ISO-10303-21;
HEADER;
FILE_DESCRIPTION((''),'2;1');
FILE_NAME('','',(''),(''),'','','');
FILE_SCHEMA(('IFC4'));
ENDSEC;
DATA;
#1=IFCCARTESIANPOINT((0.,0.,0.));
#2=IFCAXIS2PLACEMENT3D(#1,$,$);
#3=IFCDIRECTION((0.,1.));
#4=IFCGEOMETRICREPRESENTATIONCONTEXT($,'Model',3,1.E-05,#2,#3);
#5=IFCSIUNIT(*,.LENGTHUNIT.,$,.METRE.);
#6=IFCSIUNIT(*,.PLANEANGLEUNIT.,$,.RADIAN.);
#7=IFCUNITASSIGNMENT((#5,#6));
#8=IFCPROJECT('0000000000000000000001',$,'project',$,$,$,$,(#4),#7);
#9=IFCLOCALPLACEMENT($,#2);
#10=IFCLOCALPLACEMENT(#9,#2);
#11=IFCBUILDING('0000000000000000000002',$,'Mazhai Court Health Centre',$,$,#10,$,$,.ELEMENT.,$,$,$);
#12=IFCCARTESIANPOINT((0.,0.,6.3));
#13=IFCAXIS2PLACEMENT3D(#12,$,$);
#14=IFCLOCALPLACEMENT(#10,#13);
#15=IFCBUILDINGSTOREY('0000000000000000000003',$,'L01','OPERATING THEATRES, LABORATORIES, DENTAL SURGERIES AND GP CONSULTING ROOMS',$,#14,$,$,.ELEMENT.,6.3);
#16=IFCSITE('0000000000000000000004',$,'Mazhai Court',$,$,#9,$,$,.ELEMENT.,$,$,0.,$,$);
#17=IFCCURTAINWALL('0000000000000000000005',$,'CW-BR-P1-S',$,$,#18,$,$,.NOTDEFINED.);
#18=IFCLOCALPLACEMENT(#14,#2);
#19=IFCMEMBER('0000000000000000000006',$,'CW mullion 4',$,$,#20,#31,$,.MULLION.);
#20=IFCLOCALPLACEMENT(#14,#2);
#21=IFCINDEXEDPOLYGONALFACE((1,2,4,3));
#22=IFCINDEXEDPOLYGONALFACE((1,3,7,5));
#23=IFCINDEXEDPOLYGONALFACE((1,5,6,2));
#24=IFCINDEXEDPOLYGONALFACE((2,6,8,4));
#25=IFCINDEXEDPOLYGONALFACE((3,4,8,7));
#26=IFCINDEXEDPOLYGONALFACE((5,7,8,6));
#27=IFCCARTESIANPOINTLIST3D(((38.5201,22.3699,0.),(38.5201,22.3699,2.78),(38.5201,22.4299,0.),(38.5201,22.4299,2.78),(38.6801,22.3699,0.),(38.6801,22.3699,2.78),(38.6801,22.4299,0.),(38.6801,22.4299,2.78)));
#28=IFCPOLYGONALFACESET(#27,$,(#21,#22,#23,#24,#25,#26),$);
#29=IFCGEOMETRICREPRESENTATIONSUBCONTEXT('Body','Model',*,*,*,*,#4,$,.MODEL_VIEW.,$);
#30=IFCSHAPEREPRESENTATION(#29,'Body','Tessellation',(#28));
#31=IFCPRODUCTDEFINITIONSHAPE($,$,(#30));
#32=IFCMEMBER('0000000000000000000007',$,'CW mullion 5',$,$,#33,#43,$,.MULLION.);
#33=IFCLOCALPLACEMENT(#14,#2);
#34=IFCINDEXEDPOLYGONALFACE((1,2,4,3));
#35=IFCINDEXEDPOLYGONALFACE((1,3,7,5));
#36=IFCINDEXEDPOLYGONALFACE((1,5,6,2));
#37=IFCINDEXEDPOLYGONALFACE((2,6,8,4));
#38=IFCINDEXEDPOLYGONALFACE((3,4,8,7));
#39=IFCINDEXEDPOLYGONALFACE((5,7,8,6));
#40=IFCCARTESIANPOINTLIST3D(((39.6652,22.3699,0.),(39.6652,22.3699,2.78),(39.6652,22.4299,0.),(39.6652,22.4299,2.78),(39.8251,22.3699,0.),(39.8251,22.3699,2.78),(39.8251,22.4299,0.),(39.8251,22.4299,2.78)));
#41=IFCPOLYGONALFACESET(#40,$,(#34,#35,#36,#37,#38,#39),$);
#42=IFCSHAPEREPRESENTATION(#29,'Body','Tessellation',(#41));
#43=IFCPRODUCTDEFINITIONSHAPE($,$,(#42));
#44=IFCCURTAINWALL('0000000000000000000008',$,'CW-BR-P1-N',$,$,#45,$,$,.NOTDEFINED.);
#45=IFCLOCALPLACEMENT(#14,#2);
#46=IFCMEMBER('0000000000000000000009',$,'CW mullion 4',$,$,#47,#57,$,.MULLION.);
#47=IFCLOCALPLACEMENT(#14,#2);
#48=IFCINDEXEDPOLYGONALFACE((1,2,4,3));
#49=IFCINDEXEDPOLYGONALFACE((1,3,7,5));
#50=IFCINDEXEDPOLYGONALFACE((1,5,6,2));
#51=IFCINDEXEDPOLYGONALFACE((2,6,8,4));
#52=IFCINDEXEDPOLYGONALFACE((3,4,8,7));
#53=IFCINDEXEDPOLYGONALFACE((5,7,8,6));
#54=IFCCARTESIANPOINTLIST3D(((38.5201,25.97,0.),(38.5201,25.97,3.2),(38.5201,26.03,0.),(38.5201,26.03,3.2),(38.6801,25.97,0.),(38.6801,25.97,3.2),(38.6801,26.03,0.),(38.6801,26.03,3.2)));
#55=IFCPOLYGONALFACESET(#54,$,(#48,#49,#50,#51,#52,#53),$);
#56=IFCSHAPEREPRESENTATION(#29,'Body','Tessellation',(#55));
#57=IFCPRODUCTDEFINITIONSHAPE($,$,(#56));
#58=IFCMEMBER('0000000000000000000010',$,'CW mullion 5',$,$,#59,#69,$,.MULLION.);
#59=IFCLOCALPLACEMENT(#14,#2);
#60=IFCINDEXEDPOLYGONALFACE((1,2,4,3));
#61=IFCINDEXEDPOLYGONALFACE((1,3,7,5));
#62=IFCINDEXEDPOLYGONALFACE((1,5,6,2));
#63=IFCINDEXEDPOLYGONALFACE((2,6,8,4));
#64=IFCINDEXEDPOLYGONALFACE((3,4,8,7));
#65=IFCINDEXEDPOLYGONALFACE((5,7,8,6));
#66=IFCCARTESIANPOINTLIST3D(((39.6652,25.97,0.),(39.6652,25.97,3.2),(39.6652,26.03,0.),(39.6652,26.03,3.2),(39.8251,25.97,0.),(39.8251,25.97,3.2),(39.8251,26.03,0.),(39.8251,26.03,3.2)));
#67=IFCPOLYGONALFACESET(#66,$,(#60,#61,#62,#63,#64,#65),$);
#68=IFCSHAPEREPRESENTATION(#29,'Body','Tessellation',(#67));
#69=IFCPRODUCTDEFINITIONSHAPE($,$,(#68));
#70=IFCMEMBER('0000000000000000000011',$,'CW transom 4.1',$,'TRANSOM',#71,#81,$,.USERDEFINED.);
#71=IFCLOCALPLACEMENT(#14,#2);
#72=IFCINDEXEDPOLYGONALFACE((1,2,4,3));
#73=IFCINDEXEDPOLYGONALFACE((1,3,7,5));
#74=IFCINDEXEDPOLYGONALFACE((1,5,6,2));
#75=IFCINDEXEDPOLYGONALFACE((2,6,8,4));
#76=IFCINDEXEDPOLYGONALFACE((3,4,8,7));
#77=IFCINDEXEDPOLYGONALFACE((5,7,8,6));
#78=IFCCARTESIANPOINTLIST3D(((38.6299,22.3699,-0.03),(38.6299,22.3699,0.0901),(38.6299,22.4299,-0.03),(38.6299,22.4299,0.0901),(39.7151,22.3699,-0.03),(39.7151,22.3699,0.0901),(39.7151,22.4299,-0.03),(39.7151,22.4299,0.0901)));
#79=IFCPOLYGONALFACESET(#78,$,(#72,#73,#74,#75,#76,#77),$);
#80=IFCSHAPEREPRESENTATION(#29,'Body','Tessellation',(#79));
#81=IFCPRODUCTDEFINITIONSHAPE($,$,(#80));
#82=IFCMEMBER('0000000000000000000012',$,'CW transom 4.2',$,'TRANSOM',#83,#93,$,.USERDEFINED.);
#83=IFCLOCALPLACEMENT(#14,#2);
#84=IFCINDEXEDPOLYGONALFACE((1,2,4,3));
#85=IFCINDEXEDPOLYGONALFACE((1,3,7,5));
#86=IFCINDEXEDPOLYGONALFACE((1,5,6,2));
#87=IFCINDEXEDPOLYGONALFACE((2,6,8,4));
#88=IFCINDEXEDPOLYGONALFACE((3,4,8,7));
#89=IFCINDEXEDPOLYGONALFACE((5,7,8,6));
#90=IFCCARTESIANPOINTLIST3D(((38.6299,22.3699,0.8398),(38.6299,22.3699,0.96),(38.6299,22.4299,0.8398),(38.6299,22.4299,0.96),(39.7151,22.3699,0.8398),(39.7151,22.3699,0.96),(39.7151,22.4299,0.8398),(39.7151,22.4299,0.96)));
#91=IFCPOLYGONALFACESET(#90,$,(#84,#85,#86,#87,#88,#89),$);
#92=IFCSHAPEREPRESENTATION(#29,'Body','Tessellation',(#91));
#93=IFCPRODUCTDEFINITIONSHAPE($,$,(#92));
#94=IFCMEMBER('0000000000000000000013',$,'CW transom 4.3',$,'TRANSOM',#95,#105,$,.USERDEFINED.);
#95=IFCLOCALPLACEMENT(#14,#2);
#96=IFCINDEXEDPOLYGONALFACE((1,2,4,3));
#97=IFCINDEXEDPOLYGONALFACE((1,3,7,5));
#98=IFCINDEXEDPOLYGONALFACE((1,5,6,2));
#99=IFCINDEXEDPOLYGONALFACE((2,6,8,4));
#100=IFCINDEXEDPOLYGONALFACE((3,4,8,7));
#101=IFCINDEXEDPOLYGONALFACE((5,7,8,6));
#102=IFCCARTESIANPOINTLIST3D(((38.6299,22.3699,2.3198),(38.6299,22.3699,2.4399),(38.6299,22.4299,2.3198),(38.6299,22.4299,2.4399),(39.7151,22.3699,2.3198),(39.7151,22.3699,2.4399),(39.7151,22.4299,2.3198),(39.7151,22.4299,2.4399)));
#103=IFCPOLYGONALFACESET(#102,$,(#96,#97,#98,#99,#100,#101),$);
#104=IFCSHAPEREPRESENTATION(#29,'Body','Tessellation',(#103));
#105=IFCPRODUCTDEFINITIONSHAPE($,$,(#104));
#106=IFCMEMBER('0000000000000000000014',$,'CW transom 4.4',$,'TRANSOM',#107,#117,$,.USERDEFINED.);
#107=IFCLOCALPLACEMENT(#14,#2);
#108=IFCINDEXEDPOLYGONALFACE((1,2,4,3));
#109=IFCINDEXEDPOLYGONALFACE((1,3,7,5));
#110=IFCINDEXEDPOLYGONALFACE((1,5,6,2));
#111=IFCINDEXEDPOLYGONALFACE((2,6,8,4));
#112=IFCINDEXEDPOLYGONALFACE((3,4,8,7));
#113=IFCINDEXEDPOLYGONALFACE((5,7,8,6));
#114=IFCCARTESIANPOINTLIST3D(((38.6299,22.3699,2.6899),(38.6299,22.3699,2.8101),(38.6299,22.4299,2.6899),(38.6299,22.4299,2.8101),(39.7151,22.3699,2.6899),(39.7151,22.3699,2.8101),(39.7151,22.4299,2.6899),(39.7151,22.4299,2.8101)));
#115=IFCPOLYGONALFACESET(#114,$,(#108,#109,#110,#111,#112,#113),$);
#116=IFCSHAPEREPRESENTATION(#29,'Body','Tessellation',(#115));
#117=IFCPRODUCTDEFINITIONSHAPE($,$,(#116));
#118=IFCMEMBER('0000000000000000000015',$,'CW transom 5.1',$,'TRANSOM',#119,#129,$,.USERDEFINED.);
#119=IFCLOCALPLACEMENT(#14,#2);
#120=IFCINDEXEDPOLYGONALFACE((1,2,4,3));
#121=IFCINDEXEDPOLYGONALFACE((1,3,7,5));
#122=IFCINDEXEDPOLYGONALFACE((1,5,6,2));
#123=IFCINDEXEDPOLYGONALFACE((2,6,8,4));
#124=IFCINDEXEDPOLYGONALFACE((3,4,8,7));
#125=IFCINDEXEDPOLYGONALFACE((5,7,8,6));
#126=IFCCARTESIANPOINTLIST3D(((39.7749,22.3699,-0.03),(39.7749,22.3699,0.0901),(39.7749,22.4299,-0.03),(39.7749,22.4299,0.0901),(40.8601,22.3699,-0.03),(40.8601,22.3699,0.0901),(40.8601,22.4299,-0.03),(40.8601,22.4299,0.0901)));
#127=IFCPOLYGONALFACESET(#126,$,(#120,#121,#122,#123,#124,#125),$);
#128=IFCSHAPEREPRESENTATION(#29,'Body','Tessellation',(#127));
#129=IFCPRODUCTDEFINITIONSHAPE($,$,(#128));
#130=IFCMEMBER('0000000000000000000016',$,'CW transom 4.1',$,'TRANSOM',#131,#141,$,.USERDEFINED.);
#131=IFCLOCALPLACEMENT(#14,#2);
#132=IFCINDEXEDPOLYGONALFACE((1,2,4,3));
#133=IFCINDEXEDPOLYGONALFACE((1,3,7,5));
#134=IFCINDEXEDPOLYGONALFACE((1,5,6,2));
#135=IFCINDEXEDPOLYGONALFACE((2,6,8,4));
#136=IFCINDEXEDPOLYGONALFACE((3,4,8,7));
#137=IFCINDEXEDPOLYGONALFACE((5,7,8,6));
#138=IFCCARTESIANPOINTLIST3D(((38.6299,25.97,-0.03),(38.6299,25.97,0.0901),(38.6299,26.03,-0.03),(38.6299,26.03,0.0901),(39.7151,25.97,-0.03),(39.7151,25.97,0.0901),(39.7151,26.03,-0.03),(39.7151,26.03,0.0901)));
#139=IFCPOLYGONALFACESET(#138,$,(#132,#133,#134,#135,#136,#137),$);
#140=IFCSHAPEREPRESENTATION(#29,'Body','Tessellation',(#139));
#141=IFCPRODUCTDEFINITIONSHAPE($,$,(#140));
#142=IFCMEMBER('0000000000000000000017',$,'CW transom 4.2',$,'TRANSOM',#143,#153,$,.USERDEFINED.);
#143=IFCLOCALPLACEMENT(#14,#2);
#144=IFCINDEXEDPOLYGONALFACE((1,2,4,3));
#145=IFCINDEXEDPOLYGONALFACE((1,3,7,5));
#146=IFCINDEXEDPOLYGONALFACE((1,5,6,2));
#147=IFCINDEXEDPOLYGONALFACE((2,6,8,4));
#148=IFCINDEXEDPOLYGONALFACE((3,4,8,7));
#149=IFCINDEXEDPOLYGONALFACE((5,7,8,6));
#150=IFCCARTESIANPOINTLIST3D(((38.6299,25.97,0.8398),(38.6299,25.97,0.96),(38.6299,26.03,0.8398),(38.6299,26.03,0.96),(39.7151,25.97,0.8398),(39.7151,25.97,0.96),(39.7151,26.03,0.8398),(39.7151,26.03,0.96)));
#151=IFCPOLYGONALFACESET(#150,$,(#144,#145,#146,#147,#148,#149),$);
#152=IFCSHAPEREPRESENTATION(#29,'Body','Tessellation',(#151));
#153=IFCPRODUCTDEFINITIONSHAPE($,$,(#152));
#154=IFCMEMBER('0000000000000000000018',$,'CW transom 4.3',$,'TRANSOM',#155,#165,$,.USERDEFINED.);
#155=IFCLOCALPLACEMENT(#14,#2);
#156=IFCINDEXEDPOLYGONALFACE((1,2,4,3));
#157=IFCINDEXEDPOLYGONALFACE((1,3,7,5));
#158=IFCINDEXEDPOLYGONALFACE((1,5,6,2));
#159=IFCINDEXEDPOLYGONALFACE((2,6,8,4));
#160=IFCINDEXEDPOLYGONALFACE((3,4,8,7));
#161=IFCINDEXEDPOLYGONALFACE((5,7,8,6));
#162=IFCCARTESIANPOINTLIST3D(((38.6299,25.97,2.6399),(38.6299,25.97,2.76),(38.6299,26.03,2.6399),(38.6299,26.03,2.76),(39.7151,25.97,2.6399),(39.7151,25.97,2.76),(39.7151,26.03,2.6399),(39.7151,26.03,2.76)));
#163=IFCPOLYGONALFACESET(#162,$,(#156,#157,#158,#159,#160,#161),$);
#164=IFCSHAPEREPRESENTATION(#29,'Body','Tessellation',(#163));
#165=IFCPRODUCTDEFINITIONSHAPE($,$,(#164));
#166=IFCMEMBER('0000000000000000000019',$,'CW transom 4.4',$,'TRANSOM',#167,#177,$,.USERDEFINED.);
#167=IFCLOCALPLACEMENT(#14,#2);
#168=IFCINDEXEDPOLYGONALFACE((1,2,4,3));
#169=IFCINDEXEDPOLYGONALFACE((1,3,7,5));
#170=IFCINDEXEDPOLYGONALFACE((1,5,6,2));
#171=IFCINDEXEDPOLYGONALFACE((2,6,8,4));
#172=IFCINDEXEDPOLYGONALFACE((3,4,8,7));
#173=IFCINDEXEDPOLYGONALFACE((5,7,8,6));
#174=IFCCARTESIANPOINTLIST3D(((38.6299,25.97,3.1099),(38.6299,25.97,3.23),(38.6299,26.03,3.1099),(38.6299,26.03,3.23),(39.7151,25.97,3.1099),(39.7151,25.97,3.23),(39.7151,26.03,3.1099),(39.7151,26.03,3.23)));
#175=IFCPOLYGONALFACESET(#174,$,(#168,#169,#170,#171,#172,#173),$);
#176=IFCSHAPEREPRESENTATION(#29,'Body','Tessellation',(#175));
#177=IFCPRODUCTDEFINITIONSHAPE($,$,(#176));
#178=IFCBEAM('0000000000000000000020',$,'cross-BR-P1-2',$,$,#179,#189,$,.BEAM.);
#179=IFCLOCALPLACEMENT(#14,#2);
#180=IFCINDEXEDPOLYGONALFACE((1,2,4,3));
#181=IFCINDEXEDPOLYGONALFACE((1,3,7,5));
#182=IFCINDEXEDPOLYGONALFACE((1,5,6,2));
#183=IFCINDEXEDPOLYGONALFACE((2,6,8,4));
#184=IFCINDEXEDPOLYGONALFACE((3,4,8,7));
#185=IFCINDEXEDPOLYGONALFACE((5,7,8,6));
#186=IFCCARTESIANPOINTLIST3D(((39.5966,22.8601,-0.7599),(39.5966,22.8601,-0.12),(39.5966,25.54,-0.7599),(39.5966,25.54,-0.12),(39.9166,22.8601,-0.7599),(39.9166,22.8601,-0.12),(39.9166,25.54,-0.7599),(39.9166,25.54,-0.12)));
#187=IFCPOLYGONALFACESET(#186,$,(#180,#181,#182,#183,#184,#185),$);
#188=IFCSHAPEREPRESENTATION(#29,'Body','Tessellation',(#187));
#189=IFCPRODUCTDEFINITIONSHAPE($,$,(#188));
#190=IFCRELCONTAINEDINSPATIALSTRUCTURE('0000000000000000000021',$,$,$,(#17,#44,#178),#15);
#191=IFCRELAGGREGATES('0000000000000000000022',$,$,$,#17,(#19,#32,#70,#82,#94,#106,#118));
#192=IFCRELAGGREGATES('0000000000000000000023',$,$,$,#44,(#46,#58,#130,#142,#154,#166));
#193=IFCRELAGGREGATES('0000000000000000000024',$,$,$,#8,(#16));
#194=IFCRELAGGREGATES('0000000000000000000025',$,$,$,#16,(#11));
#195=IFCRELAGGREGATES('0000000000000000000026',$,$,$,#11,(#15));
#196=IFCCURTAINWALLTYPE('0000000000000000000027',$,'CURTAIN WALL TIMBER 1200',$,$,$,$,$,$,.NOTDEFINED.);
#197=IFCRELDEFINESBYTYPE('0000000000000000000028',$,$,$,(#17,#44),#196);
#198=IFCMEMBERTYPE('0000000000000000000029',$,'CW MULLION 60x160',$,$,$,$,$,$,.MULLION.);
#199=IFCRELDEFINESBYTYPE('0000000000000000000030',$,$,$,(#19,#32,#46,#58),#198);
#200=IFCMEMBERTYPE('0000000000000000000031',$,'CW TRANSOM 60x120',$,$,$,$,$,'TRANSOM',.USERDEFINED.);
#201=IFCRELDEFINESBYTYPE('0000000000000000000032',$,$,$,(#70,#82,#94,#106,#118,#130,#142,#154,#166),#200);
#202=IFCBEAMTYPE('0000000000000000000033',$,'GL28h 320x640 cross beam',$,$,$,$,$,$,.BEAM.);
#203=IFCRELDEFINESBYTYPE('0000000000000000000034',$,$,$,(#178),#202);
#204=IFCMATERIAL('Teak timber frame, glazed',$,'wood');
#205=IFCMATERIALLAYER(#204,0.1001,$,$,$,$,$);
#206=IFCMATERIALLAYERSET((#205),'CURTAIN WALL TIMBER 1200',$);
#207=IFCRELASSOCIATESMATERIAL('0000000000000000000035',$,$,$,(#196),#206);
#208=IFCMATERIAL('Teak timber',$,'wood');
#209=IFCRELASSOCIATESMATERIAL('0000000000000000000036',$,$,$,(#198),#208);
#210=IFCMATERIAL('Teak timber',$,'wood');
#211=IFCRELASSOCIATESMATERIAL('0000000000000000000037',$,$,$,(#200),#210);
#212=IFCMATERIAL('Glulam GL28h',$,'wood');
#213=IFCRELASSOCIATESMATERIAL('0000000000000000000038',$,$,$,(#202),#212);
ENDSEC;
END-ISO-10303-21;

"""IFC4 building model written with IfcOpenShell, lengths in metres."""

from ifc_helpers import new_model, si_unit, direction, frame, origin, origin_2d, place, context, subcontext, project, spatial, rectangle, extrude, material, layer, layer_set, material_profile, profile_set, type_object, element, aggregate, save


model = new_model("IFC4")

# Units and contexts
model_context = context("Model", 3, precision=1e-05, world=origin(), true_north=direction((0.0, 1.0)))
body_context = subcontext(model_context, "Body", "Model", "MODEL_VIEW")
ifc_project = project(units=[si_unit("LENGTHUNIT", "METRE"), si_unit("PLANEANGLEUNIT", "RADIAN")], contexts=[model_context])

# Site, building, storey
site_placement = place(None, origin())
site = spatial("IfcSite", under=ifc_project, at=site_placement, Name="Mazhai Court", CompositionType="ELEMENT", RefElevation=0.0)
building_placement = place(site_placement, origin())
building = spatial("IfcBuilding", under=site, at=building_placement, Name="Mazhai Court Health Centre", CompositionType="ELEMENT")
storey_placement = place(building_placement, frame((0.0, 0.0, 6.3)))
storey = spatial("IfcBuildingStorey", under=building, at=storey_placement, Name="L01", Description="OPERATING THEATRES, LABORATORIES, DENTAL SURGERIES AND GP CONSULTING ROOMS", CompositionType="ELEMENT", Elevation=6.3)

# Curtain walls, members
ifc_material_1 = material(Name="Teak timber frame, glazed", Category="wood")
ifc_layer_1 = layer(ifc_material_1, 0.1001)
ifc_layer_set_1 = layer_set([ifc_layer_1], Name="CURTAIN WALL TIMBER 1200")
curtain_wall_type = type_object("IfcCurtainWallType", Name="CURTAIN WALL TIMBER 1200", PredefinedType="NOTDEFINED", material=ifc_layer_set_1)
curtain_wall_1_placement = place(storey_placement, origin())
curtain_wall_1 = element("IfcCurtainWall", 1, at=curtain_wall_1_placement, inside=storey, type_object=curtain_wall_type, Name="CW-BR-P1-S", PredefinedType="NOTDEFINED")
ifc_material_2 = material(Name="Teak timber", Category="wood")
ifc_material_profile_1 = material_profile(ifc_material_2, rectangle(XDim=0.0601, YDim=0.1599, at=origin_2d()), Name="CW MULLION 60x160")
ifc_profile_set_1 = profile_set([ifc_material_profile_1], Name="Teak timber")
member_type_1 = type_object("IfcMemberType", Name="CW MULLION 60x160", PredefinedType="MULLION", material=ifc_profile_set_1)
member_1_placement = place(storey_placement, frame((38.6001, 22.3999, 0.0), z_axis=(0.0, 0.0, 1.0), x_axis=(0.0, 1.0, 0.0)))
member_1 = element("IfcMember", 2, at=member_1_placement, type_object=member_type_1, Name="CW mullion 4", PredefinedType="MULLION", context=body_context, shape_type="SweptSolid", body=[
    extrude(rectangle(XDim=0.0601, YDim=0.1599, at=origin_2d()), origin(), (0.0, 0.0, 1.0), 2.78),
])
member_2_placement = place(storey_placement, frame((39.7451, 22.3999, 0.0), z_axis=(0.0, 0.0, 1.0), x_axis=(0.0, 1.0, 0.0)))
member_2 = element("IfcMember", 3, at=member_2_placement, type_object=member_type_1, Name="CW mullion 5", PredefinedType="MULLION", context=body_context, shape_type="SweptSolid", body=[
    extrude(rectangle(XDim=0.0601, YDim=0.1599, at=origin_2d()), origin(), (0.0, 0.0, 1.0), 2.78),
])
curtain_wall_2_placement = place(storey_placement, origin())
curtain_wall_2 = element("IfcCurtainWall", 4, at=curtain_wall_2_placement, inside=storey, type_object=curtain_wall_type, Name="CW-BR-P1-N", PredefinedType="NOTDEFINED")
member_3_placement = place(storey_placement, frame((38.6001, 26.0, 0.0), z_axis=(0.0, 0.0, 1.0), x_axis=(0.0, 1.0, 0.0)))
member_3 = element("IfcMember", 5, at=member_3_placement, type_object=member_type_1, Name="CW mullion 4", PredefinedType="MULLION", context=body_context, shape_type="SweptSolid", body=[
    extrude(rectangle(XDim=0.0601, YDim=0.1599, at=origin_2d()), origin(), (0.0, 0.0, 1.0), 3.2),
])
member_4_placement = place(storey_placement, frame((39.7451, 26.0, 0.0), z_axis=(0.0, 0.0, 1.0), x_axis=(0.0, 1.0, 0.0)))
member_4 = element("IfcMember", 6, at=member_4_placement, type_object=member_type_1, Name="CW mullion 5", PredefinedType="MULLION", context=body_context, shape_type="SweptSolid", body=[
    extrude(rectangle(XDim=0.0601, YDim=0.1599, at=origin_2d()), origin(), (0.0, 0.0, 1.0), 3.2),
])

# Members
ifc_material_3 = material(Name="Teak timber", Category="wood")
ifc_material_profile_2 = material_profile(ifc_material_3, rectangle(XDim=0.0601, YDim=0.1201, at=origin_2d()), Name="CW TRANSOM 60x120")
ifc_profile_set_2 = profile_set([ifc_material_profile_2], Name="Teak timber")
member_type_2 = type_object("IfcMemberType", Name="CW TRANSOM 60x120", ElementType="TRANSOM", PredefinedType="USERDEFINED", material=ifc_profile_set_2)
member_5_placement = place(storey_placement, frame((38.6299, 22.3999, 0.03), z_axis=(1.0, 0.0, 0.0), x_axis=(0.0, 1.0, 0.0)))
member_5 = element("IfcMember", 7, at=member_5_placement, type_object=member_type_2, Name="CW transom 4.1", ObjectType="TRANSOM", PredefinedType="USERDEFINED", context=body_context, shape_type="SweptSolid", body=[
    extrude(rectangle(XDim=0.0601, YDim=0.1201, at=origin_2d()), origin(), (0.0, 0.0, 1.0), 1.0852),
])
member_6_placement = place(storey_placement, frame((38.6299, 22.3999, 0.8999), z_axis=(1.0, 0.0, 0.0), x_axis=(0.0, 1.0, 0.0)))
member_6 = element("IfcMember", 8, at=member_6_placement, type_object=member_type_2, Name="CW transom 4.2", ObjectType="TRANSOM", PredefinedType="USERDEFINED", context=body_context, shape_type="SweptSolid", body=[
    extrude(rectangle(XDim=0.0601, YDim=0.1201, at=origin_2d()), origin(), (0.0, 0.0, 1.0), 1.0852),
])
member_7_placement = place(storey_placement, frame((38.6299, 22.3999, 2.3799), z_axis=(1.0, 0.0, 0.0), x_axis=(0.0, 1.0, 0.0)))
member_7 = element("IfcMember", 9, at=member_7_placement, type_object=member_type_2, Name="CW transom 4.3", ObjectType="TRANSOM", PredefinedType="USERDEFINED", context=body_context, shape_type="SweptSolid", body=[
    extrude(rectangle(XDim=0.0601, YDim=0.1201, at=origin_2d()), origin(), (0.0, 0.0, 1.0), 1.0852),
])
member_8_placement = place(storey_placement, frame((38.6299, 22.3999, 2.75), z_axis=(1.0, 0.0, 0.0), x_axis=(0.0, 1.0, 0.0)))
member_8 = element("IfcMember", 10, at=member_8_placement, type_object=member_type_2, Name="CW transom 4.4", ObjectType="TRANSOM", PredefinedType="USERDEFINED", context=body_context, shape_type="SweptSolid", body=[
    extrude(rectangle(XDim=0.0601, YDim=0.1201, at=origin_2d()), origin(), (0.0, 0.0, 1.0), 1.0852),
])
member_9_placement = place(storey_placement, frame((39.7749, 22.3999, 0.03), z_axis=(1.0, 0.0, 0.0), x_axis=(0.0, 1.0, 0.0)))
member_9 = element("IfcMember", 11, at=member_9_placement, type_object=member_type_2, Name="CW transom 5.1", ObjectType="TRANSOM", PredefinedType="USERDEFINED", context=body_context, shape_type="SweptSolid", body=[
    extrude(rectangle(XDim=0.0601, YDim=0.1201, at=origin_2d()), origin(), (0.0, 0.0, 1.0), 1.0852),
])
member_10_placement = place(storey_placement, frame((38.6299, 26.0, 0.03), z_axis=(1.0, 0.0, 0.0), x_axis=(0.0, 1.0, 0.0)))
member_10 = element("IfcMember", 12, at=member_10_placement, type_object=member_type_2, Name="CW transom 4.1", ObjectType="TRANSOM", PredefinedType="USERDEFINED", context=body_context, shape_type="SweptSolid", body=[
    extrude(rectangle(XDim=0.0601, YDim=0.1201, at=origin_2d()), origin(), (0.0, 0.0, 1.0), 1.0852),
])
member_11_placement = place(storey_placement, frame((38.6299, 26.0, 0.8999), z_axis=(1.0, 0.0, 0.0), x_axis=(0.0, 1.0, 0.0)))
member_11 = element("IfcMember", 13, at=member_11_placement, type_object=member_type_2, Name="CW transom 4.2", ObjectType="TRANSOM", PredefinedType="USERDEFINED", context=body_context, shape_type="SweptSolid", body=[
    extrude(rectangle(XDim=0.0601, YDim=0.1201, at=origin_2d()), origin(), (0.0, 0.0, 1.0), 1.0852),
])
member_12_placement = place(storey_placement, frame((38.6299, 26.0, 2.7), z_axis=(1.0, 0.0, 0.0), x_axis=(0.0, 1.0, 0.0)))
member_12 = element("IfcMember", 14, at=member_12_placement, type_object=member_type_2, Name="CW transom 4.3", ObjectType="TRANSOM", PredefinedType="USERDEFINED", context=body_context, shape_type="SweptSolid", body=[
    extrude(rectangle(XDim=0.0601, YDim=0.1201, at=origin_2d()), origin(), (0.0, 0.0, 1.0), 1.0852),
])
member_13_placement = place(storey_placement, frame((38.6299, 26.0, 3.1699), z_axis=(1.0, 0.0, 0.0), x_axis=(0.0, 1.0, 0.0)))
member_13 = element("IfcMember", 15, at=member_13_placement, type_object=member_type_2, Name="CW transom 4.4", ObjectType="TRANSOM", PredefinedType="USERDEFINED", context=body_context, shape_type="SweptSolid", body=[
    extrude(rectangle(XDim=0.0601, YDim=0.1201, at=origin_2d()), origin(), (0.0, 0.0, 1.0), 1.0852),
])

# Beam
ifc_material_4 = material(Name="Glulam GL28h", Category="wood")
ifc_material_profile_3 = material_profile(ifc_material_4, rectangle(XDim=0.3201, YDim=0.6399, at=origin_2d()), Name="GL28h 320x640")
ifc_profile_set_3 = profile_set([ifc_material_profile_3], Name="Glulam GL28h")
beam_type = type_object("IfcBeamType", Name="GL28h 320x640 cross beam", PredefinedType="BEAM", material=ifc_profile_set_3)
beam_placement = place(storey_placement, frame((39.7566, 22.8601, -0.4399), z_axis=(0.0, 1.0, 0.0), x_axis=(-1.0, 0.0, 0.0)))
element("IfcBeam", 16, at=beam_placement, inside=storey, type_object=beam_type, Name="cross-BR-P1-2", PredefinedType="BEAM", context=body_context, shape_type="SweptSolid", body=[
    extrude(rectangle(XDim=0.3201, YDim=0.6399, at=origin_2d()), origin(), (0.0, 0.0, 1.0), 2.6799),
])

aggregate(curtain_wall_1, [member_1, member_2, member_5, member_6, member_7, member_8, member_9])
aggregate(curtain_wall_2, [member_3, member_4, member_10, member_11, member_12, member_13])

save(model, "model.ifc")
